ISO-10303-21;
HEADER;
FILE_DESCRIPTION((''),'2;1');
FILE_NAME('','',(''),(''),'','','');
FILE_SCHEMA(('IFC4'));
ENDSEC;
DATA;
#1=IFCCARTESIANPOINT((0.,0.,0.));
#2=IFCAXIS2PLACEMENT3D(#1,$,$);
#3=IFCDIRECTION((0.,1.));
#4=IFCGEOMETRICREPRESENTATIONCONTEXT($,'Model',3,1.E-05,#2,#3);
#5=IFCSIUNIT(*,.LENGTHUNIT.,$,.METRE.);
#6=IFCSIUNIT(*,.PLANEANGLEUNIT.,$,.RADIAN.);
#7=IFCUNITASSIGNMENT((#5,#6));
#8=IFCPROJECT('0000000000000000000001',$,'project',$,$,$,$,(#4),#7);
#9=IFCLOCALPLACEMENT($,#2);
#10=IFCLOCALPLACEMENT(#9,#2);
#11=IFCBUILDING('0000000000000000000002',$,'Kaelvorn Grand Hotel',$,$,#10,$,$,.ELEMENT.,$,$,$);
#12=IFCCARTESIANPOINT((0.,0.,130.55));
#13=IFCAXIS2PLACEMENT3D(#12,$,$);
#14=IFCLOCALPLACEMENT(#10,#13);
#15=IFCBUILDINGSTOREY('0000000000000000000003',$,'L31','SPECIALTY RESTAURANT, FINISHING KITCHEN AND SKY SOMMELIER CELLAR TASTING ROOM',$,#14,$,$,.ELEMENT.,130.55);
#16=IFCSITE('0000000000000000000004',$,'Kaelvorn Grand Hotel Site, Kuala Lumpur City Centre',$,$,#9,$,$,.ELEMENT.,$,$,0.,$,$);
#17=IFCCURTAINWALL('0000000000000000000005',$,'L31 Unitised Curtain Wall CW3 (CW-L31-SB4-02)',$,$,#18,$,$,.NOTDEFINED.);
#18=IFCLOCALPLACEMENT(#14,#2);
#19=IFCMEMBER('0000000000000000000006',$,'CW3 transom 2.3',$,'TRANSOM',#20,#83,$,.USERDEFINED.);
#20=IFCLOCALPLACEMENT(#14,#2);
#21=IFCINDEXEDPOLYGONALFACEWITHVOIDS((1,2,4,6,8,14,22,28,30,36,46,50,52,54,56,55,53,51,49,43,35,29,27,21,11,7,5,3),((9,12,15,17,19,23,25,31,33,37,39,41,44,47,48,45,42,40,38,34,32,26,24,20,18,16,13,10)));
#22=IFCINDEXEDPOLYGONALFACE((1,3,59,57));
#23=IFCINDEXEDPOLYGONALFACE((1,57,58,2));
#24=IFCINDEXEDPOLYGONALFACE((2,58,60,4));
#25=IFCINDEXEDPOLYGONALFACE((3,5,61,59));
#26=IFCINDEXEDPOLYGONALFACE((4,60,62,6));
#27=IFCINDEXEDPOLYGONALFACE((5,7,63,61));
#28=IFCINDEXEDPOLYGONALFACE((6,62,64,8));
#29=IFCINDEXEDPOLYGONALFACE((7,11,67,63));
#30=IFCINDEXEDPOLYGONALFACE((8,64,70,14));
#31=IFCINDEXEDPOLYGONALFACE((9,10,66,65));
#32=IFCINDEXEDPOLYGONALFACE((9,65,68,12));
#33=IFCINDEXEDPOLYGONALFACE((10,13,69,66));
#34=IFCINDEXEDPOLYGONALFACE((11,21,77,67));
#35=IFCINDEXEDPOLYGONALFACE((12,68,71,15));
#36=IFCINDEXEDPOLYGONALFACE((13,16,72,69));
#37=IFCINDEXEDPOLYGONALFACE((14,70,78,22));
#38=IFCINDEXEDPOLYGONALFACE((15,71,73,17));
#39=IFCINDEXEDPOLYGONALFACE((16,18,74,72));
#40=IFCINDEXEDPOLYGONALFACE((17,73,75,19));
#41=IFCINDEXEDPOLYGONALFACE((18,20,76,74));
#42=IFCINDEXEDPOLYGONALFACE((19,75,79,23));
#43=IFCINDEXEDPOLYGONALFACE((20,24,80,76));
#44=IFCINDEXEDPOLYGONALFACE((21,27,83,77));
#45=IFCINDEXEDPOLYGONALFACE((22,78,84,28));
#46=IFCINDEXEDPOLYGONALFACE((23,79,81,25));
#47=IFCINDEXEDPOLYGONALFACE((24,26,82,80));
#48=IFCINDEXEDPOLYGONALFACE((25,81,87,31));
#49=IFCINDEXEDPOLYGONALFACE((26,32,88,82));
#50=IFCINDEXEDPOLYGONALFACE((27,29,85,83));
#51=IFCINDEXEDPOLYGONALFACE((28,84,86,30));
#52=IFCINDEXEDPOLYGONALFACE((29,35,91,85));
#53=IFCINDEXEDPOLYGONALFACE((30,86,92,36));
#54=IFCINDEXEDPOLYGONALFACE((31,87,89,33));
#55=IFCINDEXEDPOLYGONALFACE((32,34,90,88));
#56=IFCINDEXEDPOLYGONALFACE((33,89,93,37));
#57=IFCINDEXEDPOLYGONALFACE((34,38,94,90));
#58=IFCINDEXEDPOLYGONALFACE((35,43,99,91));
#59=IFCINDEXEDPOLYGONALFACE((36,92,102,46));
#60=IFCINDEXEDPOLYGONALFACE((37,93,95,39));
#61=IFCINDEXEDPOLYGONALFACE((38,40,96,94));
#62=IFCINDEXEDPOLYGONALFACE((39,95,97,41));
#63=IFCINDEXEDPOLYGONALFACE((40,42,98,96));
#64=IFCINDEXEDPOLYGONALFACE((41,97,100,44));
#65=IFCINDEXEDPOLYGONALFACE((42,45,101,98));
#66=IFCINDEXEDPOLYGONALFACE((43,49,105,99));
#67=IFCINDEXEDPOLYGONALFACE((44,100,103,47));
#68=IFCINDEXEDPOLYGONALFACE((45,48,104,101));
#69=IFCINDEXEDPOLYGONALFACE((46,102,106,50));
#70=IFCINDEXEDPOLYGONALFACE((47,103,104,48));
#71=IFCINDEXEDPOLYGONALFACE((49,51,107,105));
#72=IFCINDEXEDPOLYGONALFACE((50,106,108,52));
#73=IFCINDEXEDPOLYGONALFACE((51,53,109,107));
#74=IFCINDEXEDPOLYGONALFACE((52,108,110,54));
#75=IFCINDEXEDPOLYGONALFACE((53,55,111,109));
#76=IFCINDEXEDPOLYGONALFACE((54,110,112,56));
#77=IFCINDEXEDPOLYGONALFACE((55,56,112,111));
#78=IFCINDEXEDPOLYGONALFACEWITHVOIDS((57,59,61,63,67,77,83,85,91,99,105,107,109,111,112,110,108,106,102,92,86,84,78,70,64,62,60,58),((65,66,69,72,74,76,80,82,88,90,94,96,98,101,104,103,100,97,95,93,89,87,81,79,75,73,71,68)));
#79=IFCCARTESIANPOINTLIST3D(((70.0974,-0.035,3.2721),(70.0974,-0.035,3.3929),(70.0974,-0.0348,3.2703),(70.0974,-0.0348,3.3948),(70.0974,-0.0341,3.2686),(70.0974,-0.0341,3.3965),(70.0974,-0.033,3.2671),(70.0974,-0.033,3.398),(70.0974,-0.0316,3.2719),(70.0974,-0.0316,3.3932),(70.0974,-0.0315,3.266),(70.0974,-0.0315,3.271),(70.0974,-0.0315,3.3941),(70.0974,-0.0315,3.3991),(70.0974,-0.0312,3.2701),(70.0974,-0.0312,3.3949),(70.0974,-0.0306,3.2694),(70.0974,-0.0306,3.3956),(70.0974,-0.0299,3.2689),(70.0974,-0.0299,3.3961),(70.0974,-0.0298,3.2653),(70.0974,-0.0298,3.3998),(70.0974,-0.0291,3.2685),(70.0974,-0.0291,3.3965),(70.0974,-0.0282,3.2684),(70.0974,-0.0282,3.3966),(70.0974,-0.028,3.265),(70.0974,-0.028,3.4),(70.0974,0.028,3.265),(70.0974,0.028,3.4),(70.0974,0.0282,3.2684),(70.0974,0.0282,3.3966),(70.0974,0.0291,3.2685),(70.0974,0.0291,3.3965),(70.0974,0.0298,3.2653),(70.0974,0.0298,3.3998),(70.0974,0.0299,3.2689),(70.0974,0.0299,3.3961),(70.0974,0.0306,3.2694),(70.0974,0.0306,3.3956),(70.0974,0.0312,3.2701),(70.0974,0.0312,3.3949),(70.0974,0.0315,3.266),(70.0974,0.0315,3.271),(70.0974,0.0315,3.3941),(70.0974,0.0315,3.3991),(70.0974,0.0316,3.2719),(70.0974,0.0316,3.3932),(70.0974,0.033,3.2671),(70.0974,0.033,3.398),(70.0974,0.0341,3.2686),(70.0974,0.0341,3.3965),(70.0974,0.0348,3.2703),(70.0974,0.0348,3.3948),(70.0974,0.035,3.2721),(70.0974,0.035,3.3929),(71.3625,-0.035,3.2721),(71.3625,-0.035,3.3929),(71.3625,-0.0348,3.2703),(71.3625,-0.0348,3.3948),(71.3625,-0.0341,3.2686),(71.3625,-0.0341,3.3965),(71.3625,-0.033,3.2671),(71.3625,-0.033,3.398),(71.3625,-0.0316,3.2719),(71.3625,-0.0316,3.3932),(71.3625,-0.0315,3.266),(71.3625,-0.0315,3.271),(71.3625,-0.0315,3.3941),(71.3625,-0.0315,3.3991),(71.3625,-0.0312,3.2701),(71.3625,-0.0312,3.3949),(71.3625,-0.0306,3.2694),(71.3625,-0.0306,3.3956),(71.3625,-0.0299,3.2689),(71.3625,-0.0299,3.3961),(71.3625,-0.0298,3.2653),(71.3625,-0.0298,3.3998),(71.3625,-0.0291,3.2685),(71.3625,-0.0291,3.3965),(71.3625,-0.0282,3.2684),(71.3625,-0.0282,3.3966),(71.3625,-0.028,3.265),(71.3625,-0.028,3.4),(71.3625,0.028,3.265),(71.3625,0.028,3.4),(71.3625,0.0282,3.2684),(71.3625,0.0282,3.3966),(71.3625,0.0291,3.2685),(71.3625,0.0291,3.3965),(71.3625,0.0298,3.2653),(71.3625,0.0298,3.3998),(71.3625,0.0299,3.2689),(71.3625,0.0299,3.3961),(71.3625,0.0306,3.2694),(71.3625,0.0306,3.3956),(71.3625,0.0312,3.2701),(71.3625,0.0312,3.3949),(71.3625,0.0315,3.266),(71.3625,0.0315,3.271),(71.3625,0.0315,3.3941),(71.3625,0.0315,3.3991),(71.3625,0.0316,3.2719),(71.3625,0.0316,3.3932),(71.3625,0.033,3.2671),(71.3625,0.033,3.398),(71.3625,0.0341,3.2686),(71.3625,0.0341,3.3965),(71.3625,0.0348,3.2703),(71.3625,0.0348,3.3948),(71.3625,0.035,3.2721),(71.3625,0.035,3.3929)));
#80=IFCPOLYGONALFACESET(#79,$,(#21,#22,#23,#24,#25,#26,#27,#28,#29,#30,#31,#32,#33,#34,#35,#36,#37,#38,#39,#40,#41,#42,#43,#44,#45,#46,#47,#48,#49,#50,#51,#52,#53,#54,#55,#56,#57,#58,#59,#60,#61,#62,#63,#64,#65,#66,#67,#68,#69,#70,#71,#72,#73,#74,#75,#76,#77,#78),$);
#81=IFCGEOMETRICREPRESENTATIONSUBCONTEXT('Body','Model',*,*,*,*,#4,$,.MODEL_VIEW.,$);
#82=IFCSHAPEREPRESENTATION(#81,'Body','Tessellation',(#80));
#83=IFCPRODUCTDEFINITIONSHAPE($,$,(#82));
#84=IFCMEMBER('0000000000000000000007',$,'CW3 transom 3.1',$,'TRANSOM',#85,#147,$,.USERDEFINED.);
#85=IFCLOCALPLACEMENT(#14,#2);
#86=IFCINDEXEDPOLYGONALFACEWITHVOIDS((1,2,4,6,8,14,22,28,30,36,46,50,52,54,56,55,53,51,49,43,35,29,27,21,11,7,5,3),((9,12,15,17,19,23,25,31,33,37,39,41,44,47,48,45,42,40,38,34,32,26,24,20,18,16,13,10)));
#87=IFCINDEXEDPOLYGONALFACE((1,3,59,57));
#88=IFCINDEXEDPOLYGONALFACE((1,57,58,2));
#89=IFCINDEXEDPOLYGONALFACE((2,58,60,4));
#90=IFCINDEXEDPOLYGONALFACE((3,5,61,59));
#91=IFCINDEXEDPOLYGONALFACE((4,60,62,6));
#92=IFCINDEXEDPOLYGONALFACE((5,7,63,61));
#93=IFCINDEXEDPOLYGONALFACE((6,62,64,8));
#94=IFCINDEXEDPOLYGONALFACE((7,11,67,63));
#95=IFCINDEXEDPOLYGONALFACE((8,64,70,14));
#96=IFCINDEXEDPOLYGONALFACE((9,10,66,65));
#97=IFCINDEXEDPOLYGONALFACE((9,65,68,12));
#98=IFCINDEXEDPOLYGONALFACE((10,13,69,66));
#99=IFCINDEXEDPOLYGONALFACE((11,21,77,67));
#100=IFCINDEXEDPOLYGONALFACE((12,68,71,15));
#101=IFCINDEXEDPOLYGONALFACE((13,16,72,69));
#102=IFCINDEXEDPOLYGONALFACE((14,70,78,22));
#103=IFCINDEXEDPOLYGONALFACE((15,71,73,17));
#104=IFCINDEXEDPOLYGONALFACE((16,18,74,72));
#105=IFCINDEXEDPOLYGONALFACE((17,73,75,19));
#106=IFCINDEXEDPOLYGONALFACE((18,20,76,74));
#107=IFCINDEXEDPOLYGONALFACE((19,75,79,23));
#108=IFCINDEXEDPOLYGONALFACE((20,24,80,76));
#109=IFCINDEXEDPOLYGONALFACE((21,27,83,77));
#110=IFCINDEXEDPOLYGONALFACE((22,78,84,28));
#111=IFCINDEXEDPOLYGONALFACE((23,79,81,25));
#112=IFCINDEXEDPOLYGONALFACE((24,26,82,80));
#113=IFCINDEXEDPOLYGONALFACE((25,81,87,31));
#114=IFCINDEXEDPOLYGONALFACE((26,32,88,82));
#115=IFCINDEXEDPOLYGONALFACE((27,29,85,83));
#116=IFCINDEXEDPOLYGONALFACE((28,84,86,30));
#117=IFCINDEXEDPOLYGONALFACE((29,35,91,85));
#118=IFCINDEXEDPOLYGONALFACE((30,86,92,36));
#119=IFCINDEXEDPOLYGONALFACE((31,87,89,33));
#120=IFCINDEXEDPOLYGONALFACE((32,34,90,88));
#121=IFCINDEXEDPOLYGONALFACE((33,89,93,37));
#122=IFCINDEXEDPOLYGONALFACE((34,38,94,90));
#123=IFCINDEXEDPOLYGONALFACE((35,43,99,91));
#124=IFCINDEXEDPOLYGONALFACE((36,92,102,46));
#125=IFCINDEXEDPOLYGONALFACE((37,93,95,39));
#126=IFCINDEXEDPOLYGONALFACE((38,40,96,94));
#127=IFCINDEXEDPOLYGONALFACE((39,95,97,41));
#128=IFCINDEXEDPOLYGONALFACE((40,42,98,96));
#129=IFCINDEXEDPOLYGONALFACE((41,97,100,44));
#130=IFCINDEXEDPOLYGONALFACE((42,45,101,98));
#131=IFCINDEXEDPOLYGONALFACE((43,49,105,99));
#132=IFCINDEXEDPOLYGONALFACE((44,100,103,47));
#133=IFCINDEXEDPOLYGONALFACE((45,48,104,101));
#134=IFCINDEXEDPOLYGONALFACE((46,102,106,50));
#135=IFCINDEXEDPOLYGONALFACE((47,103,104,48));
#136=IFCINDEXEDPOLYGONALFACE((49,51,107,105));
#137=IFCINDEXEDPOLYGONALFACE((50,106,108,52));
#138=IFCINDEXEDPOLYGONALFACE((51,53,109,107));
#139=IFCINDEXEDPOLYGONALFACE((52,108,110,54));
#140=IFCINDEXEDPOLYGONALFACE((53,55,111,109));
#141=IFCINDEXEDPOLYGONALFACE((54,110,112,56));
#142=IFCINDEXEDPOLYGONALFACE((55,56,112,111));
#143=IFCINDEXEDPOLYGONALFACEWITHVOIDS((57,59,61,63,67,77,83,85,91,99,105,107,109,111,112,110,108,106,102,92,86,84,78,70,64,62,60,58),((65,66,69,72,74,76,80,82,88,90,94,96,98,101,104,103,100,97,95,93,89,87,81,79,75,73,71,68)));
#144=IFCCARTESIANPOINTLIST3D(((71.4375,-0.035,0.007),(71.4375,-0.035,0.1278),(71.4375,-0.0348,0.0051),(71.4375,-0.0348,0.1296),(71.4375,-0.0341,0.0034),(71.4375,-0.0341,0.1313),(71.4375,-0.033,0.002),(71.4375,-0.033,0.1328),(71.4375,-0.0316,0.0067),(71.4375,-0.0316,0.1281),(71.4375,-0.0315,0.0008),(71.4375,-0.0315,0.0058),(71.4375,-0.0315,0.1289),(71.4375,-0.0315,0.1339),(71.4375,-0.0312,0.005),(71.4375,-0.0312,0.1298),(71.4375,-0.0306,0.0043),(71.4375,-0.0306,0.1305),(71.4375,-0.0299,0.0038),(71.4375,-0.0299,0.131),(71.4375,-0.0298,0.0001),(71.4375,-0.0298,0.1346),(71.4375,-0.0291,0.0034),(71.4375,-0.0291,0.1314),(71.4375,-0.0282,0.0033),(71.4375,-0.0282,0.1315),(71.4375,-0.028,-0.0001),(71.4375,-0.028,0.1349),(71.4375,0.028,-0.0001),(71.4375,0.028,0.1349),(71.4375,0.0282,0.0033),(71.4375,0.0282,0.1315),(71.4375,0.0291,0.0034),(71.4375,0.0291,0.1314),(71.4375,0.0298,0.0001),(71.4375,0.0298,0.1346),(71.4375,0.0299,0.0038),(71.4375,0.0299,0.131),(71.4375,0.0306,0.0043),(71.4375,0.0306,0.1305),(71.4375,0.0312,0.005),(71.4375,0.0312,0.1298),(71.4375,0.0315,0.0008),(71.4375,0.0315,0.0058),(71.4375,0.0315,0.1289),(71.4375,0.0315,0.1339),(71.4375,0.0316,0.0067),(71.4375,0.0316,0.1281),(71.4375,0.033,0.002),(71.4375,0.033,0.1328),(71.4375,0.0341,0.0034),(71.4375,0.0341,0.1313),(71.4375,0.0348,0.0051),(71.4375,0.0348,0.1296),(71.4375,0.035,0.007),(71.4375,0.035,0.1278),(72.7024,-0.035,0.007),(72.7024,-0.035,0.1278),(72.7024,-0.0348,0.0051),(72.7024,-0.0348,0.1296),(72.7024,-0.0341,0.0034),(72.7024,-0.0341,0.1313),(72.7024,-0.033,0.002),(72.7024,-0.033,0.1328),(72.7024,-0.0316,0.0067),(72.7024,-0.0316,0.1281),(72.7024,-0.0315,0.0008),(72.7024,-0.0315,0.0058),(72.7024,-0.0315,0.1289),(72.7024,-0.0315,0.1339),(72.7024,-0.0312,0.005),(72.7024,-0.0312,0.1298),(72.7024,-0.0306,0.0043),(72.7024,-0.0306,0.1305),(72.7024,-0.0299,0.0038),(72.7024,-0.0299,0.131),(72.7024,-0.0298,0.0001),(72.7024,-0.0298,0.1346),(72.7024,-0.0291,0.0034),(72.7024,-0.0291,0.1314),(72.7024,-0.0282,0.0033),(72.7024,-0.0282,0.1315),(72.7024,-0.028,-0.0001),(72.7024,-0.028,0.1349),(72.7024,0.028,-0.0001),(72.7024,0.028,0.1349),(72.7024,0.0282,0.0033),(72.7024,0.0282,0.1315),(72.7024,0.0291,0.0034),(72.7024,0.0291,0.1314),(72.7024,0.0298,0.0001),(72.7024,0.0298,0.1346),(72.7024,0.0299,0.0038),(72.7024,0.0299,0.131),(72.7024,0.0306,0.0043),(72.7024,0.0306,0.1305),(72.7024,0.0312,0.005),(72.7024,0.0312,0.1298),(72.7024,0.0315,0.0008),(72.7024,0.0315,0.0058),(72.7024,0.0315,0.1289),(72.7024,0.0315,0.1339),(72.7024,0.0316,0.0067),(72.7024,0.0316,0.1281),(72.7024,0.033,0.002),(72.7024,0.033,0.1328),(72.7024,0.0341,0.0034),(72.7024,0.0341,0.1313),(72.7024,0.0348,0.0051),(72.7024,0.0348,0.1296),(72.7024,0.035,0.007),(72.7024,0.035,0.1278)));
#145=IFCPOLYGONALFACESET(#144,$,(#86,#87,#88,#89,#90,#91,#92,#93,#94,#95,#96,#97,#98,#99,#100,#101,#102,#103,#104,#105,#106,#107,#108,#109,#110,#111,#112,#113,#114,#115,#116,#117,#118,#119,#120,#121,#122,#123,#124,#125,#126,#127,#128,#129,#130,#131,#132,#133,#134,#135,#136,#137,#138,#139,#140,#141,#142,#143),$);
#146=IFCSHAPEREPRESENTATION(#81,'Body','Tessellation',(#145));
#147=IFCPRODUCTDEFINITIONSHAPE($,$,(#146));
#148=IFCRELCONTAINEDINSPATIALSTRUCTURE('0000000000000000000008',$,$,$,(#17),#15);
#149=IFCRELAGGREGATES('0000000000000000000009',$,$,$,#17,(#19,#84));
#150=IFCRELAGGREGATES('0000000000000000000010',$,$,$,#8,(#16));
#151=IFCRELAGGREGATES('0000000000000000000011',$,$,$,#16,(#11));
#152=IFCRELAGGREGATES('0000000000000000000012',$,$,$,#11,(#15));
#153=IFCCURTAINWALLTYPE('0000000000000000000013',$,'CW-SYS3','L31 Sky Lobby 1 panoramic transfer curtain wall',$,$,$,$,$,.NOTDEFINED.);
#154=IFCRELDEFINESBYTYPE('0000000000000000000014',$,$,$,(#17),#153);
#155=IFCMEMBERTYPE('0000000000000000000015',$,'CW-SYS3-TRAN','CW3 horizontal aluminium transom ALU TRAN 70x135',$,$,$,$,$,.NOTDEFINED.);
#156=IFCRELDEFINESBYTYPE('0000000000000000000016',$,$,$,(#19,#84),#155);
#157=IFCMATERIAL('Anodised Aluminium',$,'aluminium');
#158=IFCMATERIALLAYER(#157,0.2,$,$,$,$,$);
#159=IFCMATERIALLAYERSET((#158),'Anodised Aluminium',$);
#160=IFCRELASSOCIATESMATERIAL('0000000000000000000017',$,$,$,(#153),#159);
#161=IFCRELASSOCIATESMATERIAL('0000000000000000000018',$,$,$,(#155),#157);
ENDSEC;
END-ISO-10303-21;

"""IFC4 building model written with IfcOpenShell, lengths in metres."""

from ifc_helpers import new_model, si_unit, direction, frame, origin, origin_2d, place, context, subcontext, project, spatial, hollow_rectangle, extrude, material, layer, layer_set, material_profile, profile_set, type_object, element, aggregate, save


model = new_model("IFC4")

# Units and contexts
model_context = context("Model", 3, precision=1e-05, world=origin(), true_north=direction((0.0, 1.0)))
body_context = subcontext(model_context, "Body", "Model", "MODEL_VIEW")
ifc_project = project(units=[si_unit("LENGTHUNIT", "METRE"), si_unit("PLANEANGLEUNIT", "RADIAN")], contexts=[model_context])

# Site, building, storey
site_placement = place(None, origin())
site = spatial("IfcSite", under=ifc_project, at=site_placement, Name="Kaelvorn Grand Hotel Site, Kuala Lumpur City Centre", CompositionType="ELEMENT", RefElevation=0.0)
building_placement = place(site_placement, origin())
building = spatial("IfcBuilding", under=site, at=building_placement, Name="Kaelvorn Grand Hotel", CompositionType="ELEMENT")
storey_placement = place(building_placement, frame((0.0, 0.0, 130.55)))
storey = spatial("IfcBuildingStorey", under=building, at=storey_placement, Name="L31", Description="SPECIALTY RESTAURANT, FINISHING KITCHEN AND SKY SOMMELIER CELLAR TASTING ROOM", CompositionType="ELEMENT", Elevation=130.55)

# Curtain wall, members
ifc_material_1 = material(Name="Anodised Aluminium", Category="aluminium")
ifc_layer_1 = layer(ifc_material_1, 0.2)
ifc_layer_set_1 = layer_set([ifc_layer_1], Name="Anodised Aluminium")
curtain_wall_type = type_object("IfcCurtainWallType", Name="CW-SYS3", Description="L31 Sky Lobby 1 panoramic transfer curtain wall", PredefinedType="NOTDEFINED", material=ifc_layer_set_1)
curtain_wall_placement = place(storey_placement, origin())
curtain_wall = element("IfcCurtainWall", 1, at=curtain_wall_placement, inside=storey, type_object=curtain_wall_type, Name="L31 Unitised Curtain Wall CW3 (CW-L31-SB4-02)", PredefinedType="NOTDEFINED")
ifc_material_profile_1 = material_profile(ifc_material_1, hollow_rectangle(XDim=0.0701, YDim=0.135, WallThickness=0.0034, InnerFilletRadius=0.0034, OuterFilletRadius=0.0071, at=origin_2d()), Name="ALU TRAN 70x135")
ifc_profile_set_1 = profile_set([ifc_material_profile_1], Name="Anodised Aluminium")
member_type_1 = type_object("IfcMemberType", Name="CW-SYS3-TRAN", Description="CW3 horizontal aluminium transom ALU TRAN 70x135", PredefinedType="NOTDEFINED", material=ifc_profile_set_1)
member_1_placement = place(storey_placement, frame((70.0974, 0.0, 3.3325), z_axis=(1.0, 0.0, 0.0), x_axis=(0.0, 1.0, 0.0)))
member_1 = element("IfcMember", 2, at=member_1_placement, type_object=member_type_1, Name="CW3 transom 2.3", ObjectType="TRANSOM", PredefinedType="USERDEFINED", context=body_context, shape_type="SweptSolid", body=[
    extrude(hollow_rectangle(XDim=0.0701, YDim=0.135, WallThickness=0.0034, InnerFilletRadius=0.0034, OuterFilletRadius=0.0071, at=origin_2d()), origin(), (0.0, 0.0, 1.0), 1.2651),
])
member_2_placement = place(storey_placement, frame((71.4375, 0.0, 0.0674), z_axis=(1.0, 0.0, 0.0), x_axis=(0.0, 1.0, 0.0)))
member_2 = element("IfcMember", 3, at=member_2_placement, type_object=member_type_1, Name="CW3 transom 3.1", ObjectType="TRANSOM", PredefinedType="USERDEFINED", context=body_context, shape_type="SweptSolid", body=[
    extrude(hollow_rectangle(XDim=0.0701, YDim=0.135, WallThickness=0.0034, InnerFilletRadius=0.0034, OuterFilletRadius=0.0071, at=origin_2d()), origin(), (0.0, 0.0, 1.0), 1.2649),
])
aggregate(curtain_wall, [member_1, member_2])

save(model, "model.ifc")
